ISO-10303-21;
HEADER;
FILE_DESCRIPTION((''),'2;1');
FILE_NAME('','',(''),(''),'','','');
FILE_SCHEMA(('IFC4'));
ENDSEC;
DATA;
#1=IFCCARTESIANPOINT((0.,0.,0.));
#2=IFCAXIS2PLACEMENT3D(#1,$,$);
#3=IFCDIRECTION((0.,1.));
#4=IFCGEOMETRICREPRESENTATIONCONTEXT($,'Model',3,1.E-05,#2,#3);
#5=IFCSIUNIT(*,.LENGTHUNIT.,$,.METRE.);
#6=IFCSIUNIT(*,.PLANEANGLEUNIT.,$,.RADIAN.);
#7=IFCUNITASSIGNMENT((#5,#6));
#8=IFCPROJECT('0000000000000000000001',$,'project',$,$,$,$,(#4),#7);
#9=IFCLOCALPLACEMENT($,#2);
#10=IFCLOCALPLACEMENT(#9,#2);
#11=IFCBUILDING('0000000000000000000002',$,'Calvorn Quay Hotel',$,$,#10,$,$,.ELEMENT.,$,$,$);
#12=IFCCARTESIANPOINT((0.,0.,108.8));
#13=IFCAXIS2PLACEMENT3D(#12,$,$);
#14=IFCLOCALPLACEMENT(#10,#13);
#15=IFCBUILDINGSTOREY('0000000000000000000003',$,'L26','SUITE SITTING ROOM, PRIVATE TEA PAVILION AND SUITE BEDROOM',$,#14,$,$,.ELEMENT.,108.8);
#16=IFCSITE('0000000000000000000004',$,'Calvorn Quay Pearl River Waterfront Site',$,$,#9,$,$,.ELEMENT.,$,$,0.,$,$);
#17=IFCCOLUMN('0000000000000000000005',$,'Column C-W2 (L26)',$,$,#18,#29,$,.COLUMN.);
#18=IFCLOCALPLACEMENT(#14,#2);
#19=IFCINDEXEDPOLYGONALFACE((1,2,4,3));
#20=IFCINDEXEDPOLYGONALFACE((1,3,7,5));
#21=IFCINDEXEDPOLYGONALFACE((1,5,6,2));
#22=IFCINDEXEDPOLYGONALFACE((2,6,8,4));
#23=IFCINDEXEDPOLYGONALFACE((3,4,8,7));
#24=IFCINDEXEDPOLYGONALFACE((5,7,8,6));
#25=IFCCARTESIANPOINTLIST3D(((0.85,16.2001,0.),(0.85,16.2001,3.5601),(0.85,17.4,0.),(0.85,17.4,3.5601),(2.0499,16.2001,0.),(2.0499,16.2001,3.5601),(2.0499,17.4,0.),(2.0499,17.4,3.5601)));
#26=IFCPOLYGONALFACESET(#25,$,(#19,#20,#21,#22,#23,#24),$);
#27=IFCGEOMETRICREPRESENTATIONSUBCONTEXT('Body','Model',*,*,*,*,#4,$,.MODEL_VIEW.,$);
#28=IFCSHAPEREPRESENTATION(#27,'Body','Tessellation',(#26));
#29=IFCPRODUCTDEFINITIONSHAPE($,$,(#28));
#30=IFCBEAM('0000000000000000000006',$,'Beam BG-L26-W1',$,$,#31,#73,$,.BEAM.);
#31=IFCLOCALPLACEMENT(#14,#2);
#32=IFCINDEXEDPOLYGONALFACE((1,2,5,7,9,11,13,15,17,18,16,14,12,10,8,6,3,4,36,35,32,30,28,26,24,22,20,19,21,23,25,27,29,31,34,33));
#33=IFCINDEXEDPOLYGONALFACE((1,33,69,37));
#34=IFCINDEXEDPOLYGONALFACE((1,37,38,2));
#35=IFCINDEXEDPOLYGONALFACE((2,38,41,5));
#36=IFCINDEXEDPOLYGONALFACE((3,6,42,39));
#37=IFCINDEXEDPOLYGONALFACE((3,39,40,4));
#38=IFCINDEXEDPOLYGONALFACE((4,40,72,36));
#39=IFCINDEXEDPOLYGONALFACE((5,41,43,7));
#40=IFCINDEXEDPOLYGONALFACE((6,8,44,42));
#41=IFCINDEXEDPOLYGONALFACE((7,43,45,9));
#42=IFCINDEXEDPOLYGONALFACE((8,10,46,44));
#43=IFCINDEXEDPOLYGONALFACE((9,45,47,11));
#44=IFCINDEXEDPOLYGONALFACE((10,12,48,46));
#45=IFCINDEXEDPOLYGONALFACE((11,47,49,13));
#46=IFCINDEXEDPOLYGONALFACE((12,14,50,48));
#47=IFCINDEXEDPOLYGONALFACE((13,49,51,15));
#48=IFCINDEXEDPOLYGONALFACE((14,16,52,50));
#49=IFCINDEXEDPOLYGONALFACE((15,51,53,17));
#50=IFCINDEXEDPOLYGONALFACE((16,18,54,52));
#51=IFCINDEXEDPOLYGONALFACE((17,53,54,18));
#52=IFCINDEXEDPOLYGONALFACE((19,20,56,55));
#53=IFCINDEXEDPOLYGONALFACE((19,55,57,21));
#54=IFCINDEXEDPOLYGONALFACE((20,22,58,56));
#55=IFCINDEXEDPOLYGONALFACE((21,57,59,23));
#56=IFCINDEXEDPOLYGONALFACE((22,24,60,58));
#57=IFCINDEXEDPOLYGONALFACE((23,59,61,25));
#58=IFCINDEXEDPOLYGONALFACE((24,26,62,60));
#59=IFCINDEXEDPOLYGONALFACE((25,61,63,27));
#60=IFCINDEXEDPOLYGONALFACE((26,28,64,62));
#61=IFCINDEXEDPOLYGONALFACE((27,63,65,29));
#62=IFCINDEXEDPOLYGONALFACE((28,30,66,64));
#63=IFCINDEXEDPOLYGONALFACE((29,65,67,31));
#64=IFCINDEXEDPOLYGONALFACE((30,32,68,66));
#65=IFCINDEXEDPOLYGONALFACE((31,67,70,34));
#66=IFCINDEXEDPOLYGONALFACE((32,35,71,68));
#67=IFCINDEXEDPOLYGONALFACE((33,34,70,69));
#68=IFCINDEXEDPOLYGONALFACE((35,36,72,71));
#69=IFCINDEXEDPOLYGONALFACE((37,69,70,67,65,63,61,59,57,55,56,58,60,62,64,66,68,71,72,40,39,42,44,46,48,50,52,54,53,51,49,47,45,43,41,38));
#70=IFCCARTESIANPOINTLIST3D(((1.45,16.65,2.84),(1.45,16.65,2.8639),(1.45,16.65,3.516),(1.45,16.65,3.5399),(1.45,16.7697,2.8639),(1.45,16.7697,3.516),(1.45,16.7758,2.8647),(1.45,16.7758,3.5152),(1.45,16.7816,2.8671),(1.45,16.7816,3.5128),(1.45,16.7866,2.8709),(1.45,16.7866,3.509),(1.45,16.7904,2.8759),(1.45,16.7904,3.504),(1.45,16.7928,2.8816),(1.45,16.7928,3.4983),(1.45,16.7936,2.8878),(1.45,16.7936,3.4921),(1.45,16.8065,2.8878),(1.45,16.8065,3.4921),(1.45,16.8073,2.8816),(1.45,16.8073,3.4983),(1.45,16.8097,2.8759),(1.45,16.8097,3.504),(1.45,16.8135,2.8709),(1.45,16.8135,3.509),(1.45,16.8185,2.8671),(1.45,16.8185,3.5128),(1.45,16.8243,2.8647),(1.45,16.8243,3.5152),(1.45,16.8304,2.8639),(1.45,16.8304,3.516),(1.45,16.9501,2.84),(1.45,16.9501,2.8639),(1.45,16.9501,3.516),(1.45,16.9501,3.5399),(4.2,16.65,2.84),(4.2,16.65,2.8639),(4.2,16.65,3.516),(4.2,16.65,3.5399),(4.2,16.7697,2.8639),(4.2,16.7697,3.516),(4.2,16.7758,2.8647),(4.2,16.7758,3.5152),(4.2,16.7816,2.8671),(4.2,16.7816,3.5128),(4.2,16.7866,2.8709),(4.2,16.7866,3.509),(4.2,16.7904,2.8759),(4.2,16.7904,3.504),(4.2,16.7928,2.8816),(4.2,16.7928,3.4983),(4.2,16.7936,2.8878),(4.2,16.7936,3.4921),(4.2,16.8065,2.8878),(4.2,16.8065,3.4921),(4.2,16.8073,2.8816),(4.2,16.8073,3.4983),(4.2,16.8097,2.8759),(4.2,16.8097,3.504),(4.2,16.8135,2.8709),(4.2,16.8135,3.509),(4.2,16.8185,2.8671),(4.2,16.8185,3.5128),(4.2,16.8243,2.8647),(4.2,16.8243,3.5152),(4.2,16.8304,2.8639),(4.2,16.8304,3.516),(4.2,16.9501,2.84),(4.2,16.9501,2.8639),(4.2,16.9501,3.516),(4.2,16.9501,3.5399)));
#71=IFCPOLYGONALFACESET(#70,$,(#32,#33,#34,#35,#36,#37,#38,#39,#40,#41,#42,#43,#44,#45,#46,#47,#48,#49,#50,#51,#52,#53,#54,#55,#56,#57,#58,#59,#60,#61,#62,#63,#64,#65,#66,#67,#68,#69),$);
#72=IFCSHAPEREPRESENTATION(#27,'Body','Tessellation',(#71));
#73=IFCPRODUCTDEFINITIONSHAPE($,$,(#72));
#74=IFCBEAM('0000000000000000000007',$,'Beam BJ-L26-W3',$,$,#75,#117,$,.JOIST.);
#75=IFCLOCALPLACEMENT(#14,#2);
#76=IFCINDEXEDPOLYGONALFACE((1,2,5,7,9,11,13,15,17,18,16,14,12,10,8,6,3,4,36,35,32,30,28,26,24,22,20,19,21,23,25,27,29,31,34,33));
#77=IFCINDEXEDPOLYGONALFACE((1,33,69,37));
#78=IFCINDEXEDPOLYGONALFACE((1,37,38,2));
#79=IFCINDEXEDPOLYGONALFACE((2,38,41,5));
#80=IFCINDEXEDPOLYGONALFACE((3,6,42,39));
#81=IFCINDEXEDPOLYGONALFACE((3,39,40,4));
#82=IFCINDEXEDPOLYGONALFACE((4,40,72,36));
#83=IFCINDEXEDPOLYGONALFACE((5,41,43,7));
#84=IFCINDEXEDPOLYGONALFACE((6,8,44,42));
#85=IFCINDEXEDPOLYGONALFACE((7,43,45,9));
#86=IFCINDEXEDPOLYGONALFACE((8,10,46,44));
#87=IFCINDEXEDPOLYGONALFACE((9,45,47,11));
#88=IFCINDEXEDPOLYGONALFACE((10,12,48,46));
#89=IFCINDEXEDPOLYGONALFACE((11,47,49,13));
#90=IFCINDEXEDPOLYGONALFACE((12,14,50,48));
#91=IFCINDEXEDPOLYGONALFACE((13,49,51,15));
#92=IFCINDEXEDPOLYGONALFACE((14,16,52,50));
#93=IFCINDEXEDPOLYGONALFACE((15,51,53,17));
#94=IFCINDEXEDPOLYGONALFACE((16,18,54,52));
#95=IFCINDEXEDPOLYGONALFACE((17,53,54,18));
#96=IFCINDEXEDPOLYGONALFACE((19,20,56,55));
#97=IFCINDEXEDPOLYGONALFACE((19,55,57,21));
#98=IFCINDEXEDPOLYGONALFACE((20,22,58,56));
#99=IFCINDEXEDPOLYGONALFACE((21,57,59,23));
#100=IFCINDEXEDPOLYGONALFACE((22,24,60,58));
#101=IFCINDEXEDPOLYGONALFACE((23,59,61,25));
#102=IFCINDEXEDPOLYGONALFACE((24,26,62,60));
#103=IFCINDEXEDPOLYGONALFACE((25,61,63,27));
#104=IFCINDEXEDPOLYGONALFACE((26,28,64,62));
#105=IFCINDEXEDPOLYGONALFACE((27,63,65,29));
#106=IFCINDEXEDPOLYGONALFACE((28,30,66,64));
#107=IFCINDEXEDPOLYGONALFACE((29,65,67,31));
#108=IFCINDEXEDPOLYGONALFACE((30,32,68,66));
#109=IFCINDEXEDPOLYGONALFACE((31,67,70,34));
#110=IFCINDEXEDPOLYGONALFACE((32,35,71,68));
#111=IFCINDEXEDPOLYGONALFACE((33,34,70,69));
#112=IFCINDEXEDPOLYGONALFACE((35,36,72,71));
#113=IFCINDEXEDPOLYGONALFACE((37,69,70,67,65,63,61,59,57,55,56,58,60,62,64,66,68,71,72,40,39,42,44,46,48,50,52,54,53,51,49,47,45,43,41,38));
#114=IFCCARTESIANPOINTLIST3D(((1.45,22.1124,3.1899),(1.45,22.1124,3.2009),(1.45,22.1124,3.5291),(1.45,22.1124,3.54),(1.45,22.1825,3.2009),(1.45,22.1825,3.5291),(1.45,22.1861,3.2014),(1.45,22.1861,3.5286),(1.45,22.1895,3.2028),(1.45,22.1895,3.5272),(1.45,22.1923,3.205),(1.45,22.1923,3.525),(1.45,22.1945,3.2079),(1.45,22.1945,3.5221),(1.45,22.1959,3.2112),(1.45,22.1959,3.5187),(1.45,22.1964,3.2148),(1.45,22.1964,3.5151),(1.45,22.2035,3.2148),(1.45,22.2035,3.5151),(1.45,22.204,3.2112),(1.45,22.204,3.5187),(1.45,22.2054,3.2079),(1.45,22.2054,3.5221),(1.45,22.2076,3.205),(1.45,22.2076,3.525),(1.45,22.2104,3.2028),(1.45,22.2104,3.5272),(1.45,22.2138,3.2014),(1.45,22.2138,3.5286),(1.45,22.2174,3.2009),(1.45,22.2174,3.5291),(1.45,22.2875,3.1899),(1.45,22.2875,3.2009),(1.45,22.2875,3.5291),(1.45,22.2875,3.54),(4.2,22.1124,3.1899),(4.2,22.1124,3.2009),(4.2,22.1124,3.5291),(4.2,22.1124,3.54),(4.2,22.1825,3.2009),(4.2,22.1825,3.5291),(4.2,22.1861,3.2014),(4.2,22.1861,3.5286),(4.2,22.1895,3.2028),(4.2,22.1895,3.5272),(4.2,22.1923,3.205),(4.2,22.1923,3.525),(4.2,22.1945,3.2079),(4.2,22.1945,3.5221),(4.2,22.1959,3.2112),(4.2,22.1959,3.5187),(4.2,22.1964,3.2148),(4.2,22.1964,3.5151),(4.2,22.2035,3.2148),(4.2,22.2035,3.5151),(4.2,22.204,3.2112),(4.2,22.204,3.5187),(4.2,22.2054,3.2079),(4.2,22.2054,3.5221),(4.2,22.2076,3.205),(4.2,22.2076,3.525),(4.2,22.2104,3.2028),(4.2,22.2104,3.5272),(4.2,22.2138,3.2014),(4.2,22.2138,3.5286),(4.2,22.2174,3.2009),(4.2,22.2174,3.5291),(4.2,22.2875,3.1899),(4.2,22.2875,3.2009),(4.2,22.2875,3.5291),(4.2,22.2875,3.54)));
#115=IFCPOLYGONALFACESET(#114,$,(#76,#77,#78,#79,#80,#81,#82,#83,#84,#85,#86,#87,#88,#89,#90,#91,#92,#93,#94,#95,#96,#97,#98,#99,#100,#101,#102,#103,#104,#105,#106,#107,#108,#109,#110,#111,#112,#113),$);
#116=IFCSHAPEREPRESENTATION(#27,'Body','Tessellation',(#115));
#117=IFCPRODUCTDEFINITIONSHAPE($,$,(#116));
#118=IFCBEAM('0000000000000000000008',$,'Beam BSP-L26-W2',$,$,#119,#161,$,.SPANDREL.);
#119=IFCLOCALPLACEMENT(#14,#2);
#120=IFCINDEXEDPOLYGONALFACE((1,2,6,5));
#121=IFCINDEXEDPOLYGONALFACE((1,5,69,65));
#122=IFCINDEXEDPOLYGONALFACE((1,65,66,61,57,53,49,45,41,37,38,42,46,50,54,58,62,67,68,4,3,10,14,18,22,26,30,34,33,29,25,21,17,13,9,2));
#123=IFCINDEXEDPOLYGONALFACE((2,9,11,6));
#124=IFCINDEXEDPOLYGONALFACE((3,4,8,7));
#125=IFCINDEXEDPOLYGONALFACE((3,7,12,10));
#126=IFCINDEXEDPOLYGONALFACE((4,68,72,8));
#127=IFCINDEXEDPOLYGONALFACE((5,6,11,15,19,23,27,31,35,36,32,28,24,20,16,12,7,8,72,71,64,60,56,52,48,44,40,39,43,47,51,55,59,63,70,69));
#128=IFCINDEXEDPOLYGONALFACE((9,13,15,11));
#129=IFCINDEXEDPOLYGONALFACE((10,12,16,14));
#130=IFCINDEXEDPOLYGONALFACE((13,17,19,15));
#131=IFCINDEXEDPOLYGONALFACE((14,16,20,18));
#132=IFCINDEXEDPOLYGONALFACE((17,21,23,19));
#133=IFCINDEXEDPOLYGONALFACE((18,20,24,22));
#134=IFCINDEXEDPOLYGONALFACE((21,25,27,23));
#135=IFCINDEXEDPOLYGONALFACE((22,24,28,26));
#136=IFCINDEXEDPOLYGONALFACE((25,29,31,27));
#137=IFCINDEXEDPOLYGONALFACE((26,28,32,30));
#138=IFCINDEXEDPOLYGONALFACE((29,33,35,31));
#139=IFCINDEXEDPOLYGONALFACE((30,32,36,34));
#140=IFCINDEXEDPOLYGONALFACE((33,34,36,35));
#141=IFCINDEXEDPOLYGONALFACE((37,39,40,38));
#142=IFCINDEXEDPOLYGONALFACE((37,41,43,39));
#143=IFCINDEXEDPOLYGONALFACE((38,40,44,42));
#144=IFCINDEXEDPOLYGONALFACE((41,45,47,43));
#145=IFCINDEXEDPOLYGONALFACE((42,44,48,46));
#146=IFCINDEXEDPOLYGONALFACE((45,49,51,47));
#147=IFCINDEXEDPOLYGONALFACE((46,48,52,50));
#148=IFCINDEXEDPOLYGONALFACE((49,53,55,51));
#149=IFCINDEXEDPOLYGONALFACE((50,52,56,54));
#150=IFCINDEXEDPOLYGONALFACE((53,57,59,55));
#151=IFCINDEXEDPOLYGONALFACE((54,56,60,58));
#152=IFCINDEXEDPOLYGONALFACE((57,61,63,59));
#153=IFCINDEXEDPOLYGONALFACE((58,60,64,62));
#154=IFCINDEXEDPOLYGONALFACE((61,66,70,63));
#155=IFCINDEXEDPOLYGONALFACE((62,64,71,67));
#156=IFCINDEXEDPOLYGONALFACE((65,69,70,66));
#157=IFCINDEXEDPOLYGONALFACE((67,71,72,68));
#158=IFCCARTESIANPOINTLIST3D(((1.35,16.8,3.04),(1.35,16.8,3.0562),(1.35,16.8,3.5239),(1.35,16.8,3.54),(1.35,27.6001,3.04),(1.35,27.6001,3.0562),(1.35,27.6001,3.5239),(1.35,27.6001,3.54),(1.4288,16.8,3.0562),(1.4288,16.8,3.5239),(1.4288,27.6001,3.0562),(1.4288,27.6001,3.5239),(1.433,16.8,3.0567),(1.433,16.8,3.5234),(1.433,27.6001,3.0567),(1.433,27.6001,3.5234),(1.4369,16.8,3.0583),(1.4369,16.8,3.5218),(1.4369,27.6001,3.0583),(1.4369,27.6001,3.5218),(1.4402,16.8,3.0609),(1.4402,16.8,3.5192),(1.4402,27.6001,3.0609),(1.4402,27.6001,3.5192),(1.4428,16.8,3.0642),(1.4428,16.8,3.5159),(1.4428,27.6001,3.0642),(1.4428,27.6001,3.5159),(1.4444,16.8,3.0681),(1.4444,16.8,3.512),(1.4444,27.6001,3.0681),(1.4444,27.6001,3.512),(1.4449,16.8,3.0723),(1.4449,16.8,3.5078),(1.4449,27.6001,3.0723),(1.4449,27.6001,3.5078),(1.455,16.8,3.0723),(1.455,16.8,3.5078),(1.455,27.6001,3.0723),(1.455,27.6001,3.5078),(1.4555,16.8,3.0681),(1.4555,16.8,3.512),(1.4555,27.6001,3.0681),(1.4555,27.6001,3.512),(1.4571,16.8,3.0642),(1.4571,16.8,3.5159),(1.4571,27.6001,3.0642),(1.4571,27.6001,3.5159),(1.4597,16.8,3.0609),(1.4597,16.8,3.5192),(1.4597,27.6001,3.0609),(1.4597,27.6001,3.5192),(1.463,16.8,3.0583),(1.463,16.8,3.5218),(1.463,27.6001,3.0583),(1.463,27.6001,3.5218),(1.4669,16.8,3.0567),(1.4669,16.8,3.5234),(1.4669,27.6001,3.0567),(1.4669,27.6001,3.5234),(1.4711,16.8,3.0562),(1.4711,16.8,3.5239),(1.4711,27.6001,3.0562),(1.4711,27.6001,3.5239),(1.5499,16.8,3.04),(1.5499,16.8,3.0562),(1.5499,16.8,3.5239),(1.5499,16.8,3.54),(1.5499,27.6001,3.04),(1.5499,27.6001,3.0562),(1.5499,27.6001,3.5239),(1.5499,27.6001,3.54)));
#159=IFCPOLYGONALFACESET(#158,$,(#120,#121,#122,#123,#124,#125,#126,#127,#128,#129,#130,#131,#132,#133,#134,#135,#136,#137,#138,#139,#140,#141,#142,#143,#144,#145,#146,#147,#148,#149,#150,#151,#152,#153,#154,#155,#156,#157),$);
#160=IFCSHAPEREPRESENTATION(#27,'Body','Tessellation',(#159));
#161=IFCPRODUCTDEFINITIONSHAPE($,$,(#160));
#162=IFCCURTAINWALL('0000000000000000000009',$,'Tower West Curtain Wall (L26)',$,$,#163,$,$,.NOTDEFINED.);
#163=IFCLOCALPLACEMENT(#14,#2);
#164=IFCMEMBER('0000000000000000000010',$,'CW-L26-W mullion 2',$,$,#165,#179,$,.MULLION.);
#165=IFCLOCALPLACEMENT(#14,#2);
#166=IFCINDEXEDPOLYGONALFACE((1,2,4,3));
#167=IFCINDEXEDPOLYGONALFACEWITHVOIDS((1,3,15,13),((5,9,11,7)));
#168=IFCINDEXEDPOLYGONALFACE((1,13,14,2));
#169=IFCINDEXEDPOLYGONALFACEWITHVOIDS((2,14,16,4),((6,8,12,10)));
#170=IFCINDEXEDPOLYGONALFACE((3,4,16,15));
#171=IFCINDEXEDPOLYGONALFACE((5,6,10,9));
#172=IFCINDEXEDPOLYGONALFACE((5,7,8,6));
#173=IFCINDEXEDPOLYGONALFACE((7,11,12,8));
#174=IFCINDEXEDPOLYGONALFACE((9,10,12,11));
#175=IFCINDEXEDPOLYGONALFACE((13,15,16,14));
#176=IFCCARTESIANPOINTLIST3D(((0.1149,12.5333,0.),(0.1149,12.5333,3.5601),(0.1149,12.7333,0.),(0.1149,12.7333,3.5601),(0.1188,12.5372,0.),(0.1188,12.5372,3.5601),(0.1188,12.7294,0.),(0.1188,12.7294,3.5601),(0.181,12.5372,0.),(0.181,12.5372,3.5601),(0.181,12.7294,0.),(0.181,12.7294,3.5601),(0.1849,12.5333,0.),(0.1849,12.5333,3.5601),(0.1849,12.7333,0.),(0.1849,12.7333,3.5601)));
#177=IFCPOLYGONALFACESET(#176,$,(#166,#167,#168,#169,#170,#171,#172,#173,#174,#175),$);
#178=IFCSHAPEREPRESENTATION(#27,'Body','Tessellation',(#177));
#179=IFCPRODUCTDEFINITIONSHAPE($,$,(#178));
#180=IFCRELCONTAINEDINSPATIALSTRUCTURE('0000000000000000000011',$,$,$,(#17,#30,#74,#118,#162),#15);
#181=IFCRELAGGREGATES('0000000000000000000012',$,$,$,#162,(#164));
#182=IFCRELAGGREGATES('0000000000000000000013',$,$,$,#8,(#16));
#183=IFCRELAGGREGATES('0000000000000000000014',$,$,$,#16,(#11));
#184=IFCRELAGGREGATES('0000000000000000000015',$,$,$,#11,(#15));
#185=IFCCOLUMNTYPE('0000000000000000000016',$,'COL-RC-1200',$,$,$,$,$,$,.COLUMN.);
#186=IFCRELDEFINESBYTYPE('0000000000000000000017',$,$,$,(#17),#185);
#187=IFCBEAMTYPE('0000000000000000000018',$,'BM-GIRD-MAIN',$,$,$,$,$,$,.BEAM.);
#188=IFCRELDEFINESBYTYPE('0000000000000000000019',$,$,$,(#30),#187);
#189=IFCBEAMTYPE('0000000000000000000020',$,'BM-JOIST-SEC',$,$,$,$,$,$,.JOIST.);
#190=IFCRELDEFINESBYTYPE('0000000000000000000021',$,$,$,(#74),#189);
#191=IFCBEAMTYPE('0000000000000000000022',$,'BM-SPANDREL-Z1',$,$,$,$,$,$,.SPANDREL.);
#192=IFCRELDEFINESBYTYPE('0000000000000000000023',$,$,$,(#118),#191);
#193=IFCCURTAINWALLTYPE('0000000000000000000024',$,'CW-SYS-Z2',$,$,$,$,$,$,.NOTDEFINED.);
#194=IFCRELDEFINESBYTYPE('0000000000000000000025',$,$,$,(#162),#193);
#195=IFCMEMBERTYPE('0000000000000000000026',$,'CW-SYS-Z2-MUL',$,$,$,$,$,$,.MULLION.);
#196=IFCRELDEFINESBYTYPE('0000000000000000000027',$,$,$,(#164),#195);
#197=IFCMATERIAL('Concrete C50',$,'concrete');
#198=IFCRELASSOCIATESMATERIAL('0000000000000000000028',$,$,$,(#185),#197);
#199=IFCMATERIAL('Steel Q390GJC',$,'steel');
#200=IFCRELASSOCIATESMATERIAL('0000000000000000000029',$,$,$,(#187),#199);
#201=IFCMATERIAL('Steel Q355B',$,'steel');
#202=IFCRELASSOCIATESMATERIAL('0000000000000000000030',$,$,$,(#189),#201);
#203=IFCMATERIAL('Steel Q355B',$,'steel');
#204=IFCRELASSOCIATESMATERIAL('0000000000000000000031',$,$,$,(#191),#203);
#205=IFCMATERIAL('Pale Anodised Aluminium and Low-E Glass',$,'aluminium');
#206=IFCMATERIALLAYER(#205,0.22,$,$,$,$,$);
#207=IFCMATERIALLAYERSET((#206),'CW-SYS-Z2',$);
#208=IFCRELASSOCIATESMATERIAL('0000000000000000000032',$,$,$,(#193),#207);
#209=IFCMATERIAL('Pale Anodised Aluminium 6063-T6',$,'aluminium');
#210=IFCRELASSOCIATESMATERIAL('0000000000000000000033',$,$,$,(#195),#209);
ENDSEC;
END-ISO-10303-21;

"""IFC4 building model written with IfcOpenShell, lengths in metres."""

from ifc_helpers import new_model, si_unit, direction, frame, origin, origin_2d, place, context, subcontext, project, spatial, rectangle, hollow_rectangle, i_section, extrude, material, layer, layer_set, material_profile, profile_set, type_object, element, aggregate, save


model = new_model("IFC4")

# Units and contexts
model_context = context("Model", 3, precision=1e-05, world=origin(), true_north=direction((0.0, 1.0)))
body_context = subcontext(model_context, "Body", "Model", "MODEL_VIEW")
ifc_project = project(units=[si_unit("LENGTHUNIT", "METRE"), si_unit("PLANEANGLEUNIT", "RADIAN")], contexts=[model_context])

# Site, building, storey
site_placement = place(None, origin())
site = spatial("IfcSite", under=ifc_project, at=site_placement, Name="Calvorn Quay Pearl River Waterfront Site", CompositionType="ELEMENT", RefElevation=0.0)
building_placement = place(site_placement, origin())
building = spatial("IfcBuilding", under=site, at=building_placement, Name="Calvorn Quay Hotel", CompositionType="ELEMENT")
storey_placement = place(building_placement, frame((0.0, 0.0, 108.8)))
storey = spatial("IfcBuildingStorey", under=building, at=storey_placement, Name="L26", Description="SUITE SITTING ROOM, PRIVATE TEA PAVILION AND SUITE BEDROOM", CompositionType="ELEMENT", Elevation=108.8)

# Column
ifc_material_1 = material(Name="Concrete C50", Category="concrete")
ifc_material_profile_1 = material_profile(ifc_material_1, rectangle(XDim=1.2, YDim=1.2, at=origin_2d()), Name="RC1200x1200")
ifc_profile_set_1 = profile_set([ifc_material_profile_1], Name="Concrete C50")
column_type = type_object("IfcColumnType", Name="COL-RC-1200", PredefinedType="COLUMN", material=ifc_profile_set_1)
column_placement = place(storey_placement, frame((1.45, 16.8, 0.0), z_axis=(0.0, 0.0, 1.0), x_axis=(1.0, 0.0, 0.0)))
element("IfcColumn", 1, at=column_placement, inside=storey, type_object=column_type, Name="Column C-W2 (L26)", PredefinedType="COLUMN", context=body_context, shape_type="SweptSolid", body=[
    extrude(rectangle(XDim=1.2, YDim=1.2, at=origin_2d()), origin(), (0.0, 0.0, 1.0), 3.5601),
])

# Beams
ifc_material_2 = material(Name="Steel Q390GJC", Category="steel")
ifc_material_profile_2 = material_profile(ifc_material_2, i_section(OverallWidth=0.3, OverallDepth=0.7, WebThickness=0.0129, FlangeThickness=0.0239, FilletRadius=0.0239, at=origin_2d()), Name="HN700x300x13x24")
ifc_profile_set_2 = profile_set([ifc_material_profile_2], Name="Steel Q390GJC")
beam_type_1 = type_object("IfcBeamType", Name="BM-GIRD-MAIN", PredefinedType="BEAM", material=ifc_profile_set_2)
beam_1_placement = place(storey_placement, frame((1.45, 16.8, 3.1899), z_axis=(1.0, 0.0, 0.0), x_axis=(0.0, 1.0, 0.0)))
element("IfcBeam", 2, at=beam_1_placement, inside=storey, type_object=beam_type_1, Name="Beam BG-L26-W1", PredefinedType="BEAM", context=body_context, shape_type="SweptSolid", body=[
    extrude(i_section(OverallWidth=0.3, OverallDepth=0.7, WebThickness=0.0129, FlangeThickness=0.0239, FilletRadius=0.0239, at=origin_2d()), origin(), (0.0, 0.0, 1.0), 2.75),
])
ifc_material_3 = material(Name="Steel Q355B", Category="steel")
ifc_material_profile_3 = material_profile(ifc_material_3, i_section(OverallWidth=0.175, OverallDepth=0.3501, WebThickness=0.0071, FlangeThickness=0.011, FilletRadius=0.0139, at=origin_2d()), Name="HN350x175x7x11")
ifc_profile_set_3 = profile_set([ifc_material_profile_3], Name="Steel Q355B")
beam_type_2 = type_object("IfcBeamType", Name="BM-JOIST-SEC", PredefinedType="JOIST", material=ifc_profile_set_3)
beam_2_placement = place(storey_placement, frame((1.45, 22.2, 3.365), z_axis=(1.0, 0.0, 0.0), x_axis=(0.0, 1.0, 0.0)))
element("IfcBeam", 3, at=beam_2_placement, inside=storey, type_object=beam_type_2, Name="Beam BJ-L26-W3", PredefinedType="JOIST", context=body_context, shape_type="SweptSolid", body=[
    extrude(i_section(OverallWidth=0.175, OverallDepth=0.3501, WebThickness=0.0071, FlangeThickness=0.011, FilletRadius=0.0139, at=origin_2d()), origin(), (0.0, 0.0, 1.0), 2.75),
])
ifc_material_4 = material(Name="Steel Q355B", Category="steel")
ifc_material_profile_4 = material_profile(ifc_material_4, i_section(OverallWidth=0.2, OverallDepth=0.5, WebThickness=0.01, FlangeThickness=0.0161, FilletRadius=0.0161, at=origin_2d()), Name="HN500x200x10x16")
ifc_profile_set_4 = profile_set([ifc_material_profile_4], Name="Steel Q355B")
beam_type_3 = type_object("IfcBeamType", Name="BM-SPANDREL-Z1", PredefinedType="SPANDREL", material=ifc_profile_set_4)
beam_3_placement = place(storey_placement, frame((1.45, 16.8, 3.29), z_axis=(0.0, 1.0, 0.0), x_axis=(-1.0, 0.0, 0.0)))
element("IfcBeam", 4, at=beam_3_placement, inside=storey, type_object=beam_type_3, Name="Beam BSP-L26-W2", PredefinedType="SPANDREL", context=body_context, shape_type="SweptSolid", body=[
    extrude(i_section(OverallWidth=0.2, OverallDepth=0.5, WebThickness=0.01, FlangeThickness=0.0161, FilletRadius=0.0161, at=origin_2d()), origin(), (0.0, 0.0, 1.0), 10.8),
])

# Curtain wall, member
ifc_material_5 = material(Name="Pale Anodised Aluminium and Low-E Glass", Category="aluminium")
ifc_layer_1 = layer(ifc_material_5, 0.22)
ifc_layer_set_1 = layer_set([ifc_layer_1], Name="CW-SYS-Z2")
curtain_wall_type = type_object("IfcCurtainWallType", Name="CW-SYS-Z2", PredefinedType="NOTDEFINED", material=ifc_layer_set_1)
curtain_wall_placement = place(storey_placement, origin())
curtain_wall = element("IfcCurtainWall", 5, at=curtain_wall_placement, inside=storey, type_object=curtain_wall_type, Name="Tower West Curtain Wall (L26)", PredefinedType="NOTDEFINED")
ifc_material_6 = material(Name="Pale Anodised Aluminium 6063-T6", Category="aluminium")
ifc_material_profile_5 = material_profile(ifc_material_6, hollow_rectangle(XDim=0.0701, YDim=0.2, WallThickness=0.0039, at=origin_2d()), Name="ALU-M200x70x4")
ifc_profile_set_5 = profile_set([ifc_material_profile_5], Name="Pale Anodised Aluminium 6063-T6")
member_type_1 = type_object("IfcMemberType", Name="CW-SYS-Z2-MUL", PredefinedType="MULLION", material=ifc_profile_set_5)
member_1_placement = place(storey_placement, frame((0.1499, 12.6333, 0.0), z_axis=(0.0, 0.0, 1.0), x_axis=(-1.0, 0.0, 0.0)))
member_1 = element("IfcMember", 6, at=member_1_placement, type_object=member_type_1, Name="CW-L26-W mullion 2", PredefinedType="MULLION", context=body_context, shape_type="SweptSolid", body=[
    extrude(hollow_rectangle(XDim=0.0701, YDim=0.2, WallThickness=0.0039, at=origin_2d()), origin(), (0.0, 0.0, 1.0), 3.5601),
])
aggregate(curtain_wall, [member_1])

save(model, "model.ifc")
